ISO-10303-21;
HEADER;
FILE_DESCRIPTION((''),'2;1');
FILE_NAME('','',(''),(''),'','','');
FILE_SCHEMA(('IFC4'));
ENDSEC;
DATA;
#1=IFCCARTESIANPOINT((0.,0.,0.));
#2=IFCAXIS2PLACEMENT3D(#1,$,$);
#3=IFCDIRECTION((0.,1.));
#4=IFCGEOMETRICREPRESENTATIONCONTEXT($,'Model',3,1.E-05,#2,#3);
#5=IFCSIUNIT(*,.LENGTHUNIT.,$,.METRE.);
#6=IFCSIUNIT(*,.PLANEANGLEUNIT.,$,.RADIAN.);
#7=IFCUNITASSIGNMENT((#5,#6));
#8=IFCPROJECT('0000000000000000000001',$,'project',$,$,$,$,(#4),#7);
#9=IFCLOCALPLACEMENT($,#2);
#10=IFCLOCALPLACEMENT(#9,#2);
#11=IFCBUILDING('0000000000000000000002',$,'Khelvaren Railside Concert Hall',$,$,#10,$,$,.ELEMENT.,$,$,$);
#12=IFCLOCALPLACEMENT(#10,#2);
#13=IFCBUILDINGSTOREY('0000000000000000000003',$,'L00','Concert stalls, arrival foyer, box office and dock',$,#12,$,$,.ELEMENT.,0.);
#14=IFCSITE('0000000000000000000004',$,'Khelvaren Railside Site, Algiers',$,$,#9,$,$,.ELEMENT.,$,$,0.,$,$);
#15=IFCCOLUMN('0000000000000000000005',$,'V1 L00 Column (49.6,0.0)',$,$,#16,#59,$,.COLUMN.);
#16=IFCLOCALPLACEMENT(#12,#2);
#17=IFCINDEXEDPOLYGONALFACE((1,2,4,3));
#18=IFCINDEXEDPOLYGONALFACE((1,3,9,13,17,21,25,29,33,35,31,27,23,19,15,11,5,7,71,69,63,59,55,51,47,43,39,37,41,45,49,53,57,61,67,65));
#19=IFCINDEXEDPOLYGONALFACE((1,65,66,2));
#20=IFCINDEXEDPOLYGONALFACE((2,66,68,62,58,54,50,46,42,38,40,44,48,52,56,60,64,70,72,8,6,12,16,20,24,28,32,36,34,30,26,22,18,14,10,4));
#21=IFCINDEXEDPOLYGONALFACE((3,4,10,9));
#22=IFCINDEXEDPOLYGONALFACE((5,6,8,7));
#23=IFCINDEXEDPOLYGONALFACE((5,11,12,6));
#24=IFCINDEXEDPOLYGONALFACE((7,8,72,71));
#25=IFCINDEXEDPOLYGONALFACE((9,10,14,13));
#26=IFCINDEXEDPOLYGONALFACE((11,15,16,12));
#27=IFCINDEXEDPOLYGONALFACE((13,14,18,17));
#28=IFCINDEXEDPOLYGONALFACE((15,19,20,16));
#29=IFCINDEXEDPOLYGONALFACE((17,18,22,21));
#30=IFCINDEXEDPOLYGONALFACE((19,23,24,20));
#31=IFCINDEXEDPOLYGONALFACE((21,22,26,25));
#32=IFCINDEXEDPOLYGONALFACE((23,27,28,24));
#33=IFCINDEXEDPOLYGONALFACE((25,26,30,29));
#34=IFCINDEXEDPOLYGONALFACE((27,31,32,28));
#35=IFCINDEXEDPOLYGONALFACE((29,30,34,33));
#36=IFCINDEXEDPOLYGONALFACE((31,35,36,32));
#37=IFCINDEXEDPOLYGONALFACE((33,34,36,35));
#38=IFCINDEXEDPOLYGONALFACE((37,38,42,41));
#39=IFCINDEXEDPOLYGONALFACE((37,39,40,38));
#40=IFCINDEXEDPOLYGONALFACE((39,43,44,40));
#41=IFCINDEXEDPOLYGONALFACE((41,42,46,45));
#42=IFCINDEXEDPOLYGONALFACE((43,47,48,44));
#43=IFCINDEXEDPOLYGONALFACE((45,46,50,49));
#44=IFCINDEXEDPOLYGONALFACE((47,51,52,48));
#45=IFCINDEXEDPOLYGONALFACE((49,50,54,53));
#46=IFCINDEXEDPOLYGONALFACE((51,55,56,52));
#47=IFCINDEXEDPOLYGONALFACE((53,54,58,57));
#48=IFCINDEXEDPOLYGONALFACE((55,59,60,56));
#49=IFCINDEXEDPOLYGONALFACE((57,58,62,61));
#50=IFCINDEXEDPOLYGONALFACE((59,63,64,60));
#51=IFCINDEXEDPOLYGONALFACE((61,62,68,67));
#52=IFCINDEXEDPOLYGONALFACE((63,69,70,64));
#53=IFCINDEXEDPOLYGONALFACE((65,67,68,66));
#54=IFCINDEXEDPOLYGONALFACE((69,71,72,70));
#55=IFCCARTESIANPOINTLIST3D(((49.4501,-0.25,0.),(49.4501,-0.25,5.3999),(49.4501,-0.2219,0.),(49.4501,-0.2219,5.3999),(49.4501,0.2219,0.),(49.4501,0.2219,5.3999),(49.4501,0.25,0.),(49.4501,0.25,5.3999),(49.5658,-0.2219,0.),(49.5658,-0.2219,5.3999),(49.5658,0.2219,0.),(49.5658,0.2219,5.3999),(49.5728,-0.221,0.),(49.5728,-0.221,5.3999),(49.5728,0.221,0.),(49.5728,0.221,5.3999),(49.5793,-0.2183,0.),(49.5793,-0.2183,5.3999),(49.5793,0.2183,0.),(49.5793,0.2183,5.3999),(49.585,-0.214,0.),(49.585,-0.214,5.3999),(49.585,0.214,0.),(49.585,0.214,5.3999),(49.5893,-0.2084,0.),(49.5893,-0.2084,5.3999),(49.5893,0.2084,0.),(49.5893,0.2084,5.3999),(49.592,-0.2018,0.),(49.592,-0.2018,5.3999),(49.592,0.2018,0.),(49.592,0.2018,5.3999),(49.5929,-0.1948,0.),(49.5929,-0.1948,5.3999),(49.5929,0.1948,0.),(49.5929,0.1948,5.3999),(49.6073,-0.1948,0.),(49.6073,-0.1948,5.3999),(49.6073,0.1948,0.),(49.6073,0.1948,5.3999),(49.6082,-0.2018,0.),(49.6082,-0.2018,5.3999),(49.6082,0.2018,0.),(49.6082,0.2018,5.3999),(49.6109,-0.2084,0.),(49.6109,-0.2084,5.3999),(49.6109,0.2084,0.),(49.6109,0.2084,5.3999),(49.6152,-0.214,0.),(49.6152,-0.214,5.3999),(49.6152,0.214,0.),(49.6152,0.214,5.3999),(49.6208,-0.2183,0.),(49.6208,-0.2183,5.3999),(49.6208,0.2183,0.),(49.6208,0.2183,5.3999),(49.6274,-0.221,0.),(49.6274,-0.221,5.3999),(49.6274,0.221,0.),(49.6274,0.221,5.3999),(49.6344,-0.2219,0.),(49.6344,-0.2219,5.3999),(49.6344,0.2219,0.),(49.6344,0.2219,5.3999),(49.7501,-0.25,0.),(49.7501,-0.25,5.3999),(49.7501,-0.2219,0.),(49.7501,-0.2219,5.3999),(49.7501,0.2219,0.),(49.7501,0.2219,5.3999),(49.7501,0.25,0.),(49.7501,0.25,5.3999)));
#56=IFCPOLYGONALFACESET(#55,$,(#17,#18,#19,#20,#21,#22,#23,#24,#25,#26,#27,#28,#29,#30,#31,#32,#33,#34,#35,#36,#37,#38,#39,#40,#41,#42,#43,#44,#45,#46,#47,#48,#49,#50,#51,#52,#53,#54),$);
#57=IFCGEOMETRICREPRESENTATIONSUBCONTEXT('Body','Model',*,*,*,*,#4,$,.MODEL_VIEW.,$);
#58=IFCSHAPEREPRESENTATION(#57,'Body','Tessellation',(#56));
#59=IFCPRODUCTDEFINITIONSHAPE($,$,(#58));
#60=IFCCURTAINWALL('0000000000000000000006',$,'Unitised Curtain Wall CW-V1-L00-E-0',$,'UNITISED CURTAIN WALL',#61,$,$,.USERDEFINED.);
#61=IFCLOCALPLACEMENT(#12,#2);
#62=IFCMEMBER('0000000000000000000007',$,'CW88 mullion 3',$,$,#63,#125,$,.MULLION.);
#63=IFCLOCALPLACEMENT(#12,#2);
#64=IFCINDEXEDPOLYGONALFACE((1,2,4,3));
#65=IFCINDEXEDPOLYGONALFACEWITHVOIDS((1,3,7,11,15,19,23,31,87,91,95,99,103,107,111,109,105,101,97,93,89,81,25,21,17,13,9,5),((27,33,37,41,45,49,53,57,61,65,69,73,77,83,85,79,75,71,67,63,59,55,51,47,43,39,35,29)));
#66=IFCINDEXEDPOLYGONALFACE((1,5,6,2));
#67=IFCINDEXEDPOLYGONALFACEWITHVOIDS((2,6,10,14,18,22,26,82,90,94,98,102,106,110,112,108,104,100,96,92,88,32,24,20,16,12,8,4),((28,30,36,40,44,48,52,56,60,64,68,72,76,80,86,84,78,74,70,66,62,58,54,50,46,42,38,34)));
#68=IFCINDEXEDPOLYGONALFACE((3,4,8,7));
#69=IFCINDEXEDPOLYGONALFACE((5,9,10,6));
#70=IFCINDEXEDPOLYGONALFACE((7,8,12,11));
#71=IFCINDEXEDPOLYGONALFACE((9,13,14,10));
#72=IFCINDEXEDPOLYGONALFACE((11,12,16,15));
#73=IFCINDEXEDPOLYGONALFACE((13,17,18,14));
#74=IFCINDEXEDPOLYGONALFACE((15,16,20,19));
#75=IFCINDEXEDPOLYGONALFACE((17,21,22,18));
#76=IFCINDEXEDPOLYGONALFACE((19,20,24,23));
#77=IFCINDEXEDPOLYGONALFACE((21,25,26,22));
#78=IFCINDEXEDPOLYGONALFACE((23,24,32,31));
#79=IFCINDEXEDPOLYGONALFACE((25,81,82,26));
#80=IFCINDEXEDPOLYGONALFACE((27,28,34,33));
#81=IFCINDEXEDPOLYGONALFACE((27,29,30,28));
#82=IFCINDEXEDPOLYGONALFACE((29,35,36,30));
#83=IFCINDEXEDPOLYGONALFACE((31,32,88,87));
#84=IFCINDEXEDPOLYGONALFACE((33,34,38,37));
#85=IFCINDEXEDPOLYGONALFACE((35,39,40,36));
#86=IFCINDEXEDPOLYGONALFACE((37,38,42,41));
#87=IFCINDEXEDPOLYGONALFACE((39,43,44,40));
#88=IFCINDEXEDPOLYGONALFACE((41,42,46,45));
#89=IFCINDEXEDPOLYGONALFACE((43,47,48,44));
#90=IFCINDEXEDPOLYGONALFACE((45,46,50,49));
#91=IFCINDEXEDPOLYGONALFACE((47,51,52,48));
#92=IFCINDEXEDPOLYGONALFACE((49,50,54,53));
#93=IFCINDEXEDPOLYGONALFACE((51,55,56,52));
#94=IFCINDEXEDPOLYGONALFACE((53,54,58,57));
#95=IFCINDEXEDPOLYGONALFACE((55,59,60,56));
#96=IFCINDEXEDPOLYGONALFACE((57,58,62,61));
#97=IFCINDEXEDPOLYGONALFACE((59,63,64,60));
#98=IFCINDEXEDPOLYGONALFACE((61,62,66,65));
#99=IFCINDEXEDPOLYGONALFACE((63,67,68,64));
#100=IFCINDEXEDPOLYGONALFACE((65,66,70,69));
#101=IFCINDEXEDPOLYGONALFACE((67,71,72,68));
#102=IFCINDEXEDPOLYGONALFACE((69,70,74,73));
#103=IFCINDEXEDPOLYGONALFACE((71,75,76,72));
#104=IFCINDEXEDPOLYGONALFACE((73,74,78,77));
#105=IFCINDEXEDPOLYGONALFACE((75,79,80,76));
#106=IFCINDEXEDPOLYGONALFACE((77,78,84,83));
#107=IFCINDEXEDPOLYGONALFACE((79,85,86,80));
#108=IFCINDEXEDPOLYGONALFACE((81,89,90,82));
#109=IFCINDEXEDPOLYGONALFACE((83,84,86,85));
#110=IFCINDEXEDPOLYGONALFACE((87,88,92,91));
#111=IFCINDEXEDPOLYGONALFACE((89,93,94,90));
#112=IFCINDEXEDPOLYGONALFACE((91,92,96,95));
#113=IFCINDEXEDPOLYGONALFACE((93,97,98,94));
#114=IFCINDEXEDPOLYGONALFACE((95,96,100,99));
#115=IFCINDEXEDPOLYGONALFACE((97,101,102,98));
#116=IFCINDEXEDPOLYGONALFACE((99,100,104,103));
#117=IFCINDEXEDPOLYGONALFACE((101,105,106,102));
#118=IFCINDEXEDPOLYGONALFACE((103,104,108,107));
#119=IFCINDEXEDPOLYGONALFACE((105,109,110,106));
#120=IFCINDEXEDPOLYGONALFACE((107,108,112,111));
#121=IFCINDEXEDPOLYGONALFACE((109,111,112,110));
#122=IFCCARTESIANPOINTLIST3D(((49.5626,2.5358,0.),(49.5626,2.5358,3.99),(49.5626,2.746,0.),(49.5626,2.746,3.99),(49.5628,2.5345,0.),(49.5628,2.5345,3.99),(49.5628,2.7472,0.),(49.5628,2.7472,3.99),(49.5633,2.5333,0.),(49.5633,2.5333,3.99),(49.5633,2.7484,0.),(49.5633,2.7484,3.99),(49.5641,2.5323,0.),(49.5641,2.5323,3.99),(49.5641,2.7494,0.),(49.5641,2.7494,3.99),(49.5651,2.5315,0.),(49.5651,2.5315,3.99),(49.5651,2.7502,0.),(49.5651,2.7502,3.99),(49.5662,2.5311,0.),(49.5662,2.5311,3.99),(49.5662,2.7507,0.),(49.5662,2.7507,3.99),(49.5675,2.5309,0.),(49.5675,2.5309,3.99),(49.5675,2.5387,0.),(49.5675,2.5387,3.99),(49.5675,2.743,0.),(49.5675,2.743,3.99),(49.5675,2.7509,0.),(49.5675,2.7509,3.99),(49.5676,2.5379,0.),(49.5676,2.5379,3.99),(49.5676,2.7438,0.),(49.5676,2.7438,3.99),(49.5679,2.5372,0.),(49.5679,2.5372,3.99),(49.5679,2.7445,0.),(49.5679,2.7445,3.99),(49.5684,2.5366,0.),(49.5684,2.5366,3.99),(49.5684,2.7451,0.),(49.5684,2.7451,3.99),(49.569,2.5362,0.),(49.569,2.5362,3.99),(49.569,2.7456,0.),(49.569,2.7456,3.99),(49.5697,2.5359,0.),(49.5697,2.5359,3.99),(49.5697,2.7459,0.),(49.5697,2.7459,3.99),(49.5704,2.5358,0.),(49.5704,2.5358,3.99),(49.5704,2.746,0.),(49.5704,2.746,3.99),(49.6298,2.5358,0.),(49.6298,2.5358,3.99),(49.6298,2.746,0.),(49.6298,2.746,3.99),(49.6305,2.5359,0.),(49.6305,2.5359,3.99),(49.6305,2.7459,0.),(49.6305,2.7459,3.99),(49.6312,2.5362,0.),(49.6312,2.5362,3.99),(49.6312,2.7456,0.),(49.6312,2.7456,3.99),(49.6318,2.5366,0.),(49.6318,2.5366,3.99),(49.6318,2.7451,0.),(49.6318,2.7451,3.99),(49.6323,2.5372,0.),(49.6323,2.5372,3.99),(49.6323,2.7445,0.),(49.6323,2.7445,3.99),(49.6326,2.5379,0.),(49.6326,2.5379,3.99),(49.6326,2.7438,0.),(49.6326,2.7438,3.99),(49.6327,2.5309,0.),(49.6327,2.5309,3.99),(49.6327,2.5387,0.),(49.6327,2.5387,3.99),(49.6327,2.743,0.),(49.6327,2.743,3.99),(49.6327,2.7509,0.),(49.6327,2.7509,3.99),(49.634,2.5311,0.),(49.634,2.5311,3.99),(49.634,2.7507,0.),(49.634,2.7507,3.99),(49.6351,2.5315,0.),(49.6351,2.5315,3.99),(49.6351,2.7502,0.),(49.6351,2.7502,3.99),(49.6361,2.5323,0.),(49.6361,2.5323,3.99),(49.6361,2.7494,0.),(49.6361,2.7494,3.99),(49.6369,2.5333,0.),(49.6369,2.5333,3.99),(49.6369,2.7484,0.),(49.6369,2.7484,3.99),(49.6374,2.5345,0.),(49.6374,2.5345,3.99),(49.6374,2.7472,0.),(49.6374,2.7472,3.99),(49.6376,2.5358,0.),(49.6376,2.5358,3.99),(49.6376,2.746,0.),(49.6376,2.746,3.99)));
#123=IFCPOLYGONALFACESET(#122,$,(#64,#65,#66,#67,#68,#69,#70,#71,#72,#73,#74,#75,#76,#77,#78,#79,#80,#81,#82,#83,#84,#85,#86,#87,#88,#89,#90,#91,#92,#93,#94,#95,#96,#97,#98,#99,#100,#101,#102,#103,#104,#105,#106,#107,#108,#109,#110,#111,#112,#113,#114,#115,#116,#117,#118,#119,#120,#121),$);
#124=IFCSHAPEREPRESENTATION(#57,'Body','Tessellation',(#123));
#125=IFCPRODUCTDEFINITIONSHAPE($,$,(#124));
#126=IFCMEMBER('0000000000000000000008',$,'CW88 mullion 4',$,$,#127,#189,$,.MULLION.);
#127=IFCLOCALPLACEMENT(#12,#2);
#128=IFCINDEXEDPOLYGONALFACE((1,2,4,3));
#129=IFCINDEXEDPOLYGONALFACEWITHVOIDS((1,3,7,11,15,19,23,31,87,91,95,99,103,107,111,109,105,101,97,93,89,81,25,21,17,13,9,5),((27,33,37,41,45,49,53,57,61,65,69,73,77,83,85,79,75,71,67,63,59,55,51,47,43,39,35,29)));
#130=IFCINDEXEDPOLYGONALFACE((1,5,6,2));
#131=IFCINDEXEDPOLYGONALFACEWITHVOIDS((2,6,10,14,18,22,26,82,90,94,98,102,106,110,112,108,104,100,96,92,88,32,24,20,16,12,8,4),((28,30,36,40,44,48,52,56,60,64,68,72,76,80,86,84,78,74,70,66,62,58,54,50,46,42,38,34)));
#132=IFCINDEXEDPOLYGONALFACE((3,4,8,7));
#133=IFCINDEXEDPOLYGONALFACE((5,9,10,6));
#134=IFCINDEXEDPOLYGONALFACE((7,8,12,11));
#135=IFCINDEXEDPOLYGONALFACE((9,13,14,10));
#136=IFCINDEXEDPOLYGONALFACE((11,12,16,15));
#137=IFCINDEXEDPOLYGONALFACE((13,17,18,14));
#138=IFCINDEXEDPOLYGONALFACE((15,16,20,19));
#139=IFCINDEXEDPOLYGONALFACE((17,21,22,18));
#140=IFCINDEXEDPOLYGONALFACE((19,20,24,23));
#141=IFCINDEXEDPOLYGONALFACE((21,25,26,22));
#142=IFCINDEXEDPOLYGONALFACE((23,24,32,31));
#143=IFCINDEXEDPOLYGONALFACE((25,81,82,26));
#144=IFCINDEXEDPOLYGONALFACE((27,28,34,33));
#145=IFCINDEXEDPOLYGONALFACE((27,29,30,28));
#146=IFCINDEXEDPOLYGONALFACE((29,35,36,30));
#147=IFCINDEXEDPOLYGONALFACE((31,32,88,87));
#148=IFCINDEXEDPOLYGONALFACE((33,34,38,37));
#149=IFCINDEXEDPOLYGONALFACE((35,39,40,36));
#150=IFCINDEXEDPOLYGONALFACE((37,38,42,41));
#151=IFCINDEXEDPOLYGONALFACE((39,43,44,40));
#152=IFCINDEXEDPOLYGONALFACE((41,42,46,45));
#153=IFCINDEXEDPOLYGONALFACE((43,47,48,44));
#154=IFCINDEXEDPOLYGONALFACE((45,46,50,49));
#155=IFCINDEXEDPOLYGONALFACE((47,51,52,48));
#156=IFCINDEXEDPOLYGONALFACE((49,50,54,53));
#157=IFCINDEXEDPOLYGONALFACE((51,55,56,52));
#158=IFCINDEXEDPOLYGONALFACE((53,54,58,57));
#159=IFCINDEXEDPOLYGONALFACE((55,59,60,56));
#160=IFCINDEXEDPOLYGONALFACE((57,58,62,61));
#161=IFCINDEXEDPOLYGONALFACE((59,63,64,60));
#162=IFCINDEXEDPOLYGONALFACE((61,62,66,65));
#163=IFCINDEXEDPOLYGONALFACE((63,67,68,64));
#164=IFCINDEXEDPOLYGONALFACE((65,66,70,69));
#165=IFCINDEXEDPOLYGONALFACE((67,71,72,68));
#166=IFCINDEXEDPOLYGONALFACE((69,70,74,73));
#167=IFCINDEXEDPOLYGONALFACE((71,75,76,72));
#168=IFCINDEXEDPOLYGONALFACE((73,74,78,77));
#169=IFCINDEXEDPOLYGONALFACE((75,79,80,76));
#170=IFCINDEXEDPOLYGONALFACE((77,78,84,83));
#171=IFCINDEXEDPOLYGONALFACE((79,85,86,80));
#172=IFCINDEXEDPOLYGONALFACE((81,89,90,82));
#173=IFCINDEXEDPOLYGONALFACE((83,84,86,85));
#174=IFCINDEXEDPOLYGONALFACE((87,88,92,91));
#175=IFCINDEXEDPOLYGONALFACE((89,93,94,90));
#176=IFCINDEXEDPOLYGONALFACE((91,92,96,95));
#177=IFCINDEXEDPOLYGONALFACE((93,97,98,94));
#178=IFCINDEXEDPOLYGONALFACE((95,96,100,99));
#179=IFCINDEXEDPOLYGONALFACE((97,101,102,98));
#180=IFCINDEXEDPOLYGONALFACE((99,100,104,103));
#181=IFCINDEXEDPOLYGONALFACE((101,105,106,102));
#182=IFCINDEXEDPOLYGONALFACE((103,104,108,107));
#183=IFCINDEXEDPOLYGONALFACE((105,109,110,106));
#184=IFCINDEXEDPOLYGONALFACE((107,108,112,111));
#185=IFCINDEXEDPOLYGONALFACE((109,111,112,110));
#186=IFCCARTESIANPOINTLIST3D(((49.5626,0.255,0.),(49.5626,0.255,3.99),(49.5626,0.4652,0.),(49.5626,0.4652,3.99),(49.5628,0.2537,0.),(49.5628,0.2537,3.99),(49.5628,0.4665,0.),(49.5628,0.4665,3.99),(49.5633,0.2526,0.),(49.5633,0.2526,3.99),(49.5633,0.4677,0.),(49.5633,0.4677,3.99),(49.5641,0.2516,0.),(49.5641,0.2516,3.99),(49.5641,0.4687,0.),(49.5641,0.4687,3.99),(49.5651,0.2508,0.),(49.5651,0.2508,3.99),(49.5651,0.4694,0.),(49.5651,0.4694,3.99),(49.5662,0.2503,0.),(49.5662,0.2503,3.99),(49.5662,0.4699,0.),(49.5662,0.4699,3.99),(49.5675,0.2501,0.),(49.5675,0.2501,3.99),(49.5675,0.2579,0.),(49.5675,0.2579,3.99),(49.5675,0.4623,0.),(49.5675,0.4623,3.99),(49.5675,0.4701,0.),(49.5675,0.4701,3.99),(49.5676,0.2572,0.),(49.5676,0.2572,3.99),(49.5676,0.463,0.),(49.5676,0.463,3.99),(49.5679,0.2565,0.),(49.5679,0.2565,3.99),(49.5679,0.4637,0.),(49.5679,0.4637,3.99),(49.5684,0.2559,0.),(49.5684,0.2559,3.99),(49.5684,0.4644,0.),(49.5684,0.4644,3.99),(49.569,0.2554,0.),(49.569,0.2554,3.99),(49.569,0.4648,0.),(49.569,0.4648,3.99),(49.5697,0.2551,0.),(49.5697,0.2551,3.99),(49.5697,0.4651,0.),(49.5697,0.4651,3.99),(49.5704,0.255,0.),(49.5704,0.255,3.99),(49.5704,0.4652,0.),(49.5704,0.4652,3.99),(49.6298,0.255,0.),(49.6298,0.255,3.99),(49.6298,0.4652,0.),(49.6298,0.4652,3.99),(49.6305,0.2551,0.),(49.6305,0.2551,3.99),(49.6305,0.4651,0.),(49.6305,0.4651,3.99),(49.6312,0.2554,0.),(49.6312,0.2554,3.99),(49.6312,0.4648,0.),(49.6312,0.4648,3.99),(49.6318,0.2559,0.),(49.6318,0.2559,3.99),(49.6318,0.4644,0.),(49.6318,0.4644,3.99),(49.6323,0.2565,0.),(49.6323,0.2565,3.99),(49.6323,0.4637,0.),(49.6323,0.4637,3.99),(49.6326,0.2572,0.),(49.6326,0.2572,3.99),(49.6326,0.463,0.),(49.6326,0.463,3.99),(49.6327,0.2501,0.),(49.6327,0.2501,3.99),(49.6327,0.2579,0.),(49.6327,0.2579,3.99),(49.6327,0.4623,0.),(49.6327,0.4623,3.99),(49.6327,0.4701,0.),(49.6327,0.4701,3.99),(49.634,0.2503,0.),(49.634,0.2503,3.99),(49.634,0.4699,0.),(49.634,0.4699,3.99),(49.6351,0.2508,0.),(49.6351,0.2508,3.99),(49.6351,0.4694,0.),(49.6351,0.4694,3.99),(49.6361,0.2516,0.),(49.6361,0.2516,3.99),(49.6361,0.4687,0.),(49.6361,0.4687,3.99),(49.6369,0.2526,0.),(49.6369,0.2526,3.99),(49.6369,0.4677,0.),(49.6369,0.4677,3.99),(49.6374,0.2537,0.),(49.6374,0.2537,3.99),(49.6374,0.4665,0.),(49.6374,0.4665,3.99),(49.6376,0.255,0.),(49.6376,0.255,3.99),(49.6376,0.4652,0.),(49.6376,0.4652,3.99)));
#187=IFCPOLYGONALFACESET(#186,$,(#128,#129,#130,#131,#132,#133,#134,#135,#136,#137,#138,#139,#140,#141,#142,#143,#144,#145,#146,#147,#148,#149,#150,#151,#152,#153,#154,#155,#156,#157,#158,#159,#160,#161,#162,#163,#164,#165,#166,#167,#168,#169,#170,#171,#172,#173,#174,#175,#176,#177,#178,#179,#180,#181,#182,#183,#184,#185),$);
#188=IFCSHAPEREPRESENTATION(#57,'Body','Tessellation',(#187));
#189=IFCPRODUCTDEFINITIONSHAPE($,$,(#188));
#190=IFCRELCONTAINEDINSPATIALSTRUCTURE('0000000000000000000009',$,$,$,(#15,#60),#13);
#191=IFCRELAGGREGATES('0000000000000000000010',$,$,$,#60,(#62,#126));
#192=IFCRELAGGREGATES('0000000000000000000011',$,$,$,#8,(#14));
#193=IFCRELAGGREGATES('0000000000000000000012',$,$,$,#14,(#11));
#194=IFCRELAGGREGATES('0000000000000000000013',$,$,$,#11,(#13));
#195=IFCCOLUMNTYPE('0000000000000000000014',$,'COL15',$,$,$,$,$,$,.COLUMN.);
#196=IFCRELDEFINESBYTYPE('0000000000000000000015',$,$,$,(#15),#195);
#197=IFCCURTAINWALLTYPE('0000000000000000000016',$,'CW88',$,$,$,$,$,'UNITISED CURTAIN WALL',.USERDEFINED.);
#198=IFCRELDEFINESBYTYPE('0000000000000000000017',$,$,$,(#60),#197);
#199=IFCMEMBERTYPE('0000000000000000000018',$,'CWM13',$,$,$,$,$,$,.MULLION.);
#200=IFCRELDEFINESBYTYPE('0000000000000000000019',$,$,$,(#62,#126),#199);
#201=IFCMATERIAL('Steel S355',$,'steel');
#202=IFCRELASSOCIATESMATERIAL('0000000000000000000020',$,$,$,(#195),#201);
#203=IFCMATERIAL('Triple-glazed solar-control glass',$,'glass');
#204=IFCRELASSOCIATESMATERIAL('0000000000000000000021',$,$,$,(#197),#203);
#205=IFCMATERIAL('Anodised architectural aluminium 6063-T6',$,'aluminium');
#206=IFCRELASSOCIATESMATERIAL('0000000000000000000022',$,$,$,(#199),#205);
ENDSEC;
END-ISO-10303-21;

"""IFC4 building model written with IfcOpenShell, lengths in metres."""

from ifc_helpers import new_model, si_unit, direction, frame, origin, origin_2d, place, context, subcontext, project, spatial, hollow_rectangle, i_section, extrude, material, material_profile, profile_set, type_object, element, aggregate, save


model = new_model("IFC4")

# Units and contexts
model_context = context("Model", 3, precision=1e-05, world=origin(), true_north=direction((0.0, 1.0)))
body_context = subcontext(model_context, "Body", "Model", "MODEL_VIEW")
ifc_project = project(units=[si_unit("LENGTHUNIT", "METRE"), si_unit("PLANEANGLEUNIT", "RADIAN")], contexts=[model_context])

# Site, building, storey
site_placement = place(None, origin())
site = spatial("IfcSite", under=ifc_project, at=site_placement, Name="Khelvaren Railside Site, Algiers", CompositionType="ELEMENT", RefElevation=0.0)
building_placement = place(site_placement, origin())
building = spatial("IfcBuilding", under=site, at=building_placement, Name="Khelvaren Railside Concert Hall", CompositionType="ELEMENT")
storey_placement = place(building_placement, origin())
storey = spatial("IfcBuildingStorey", under=building, at=storey_placement, Name="L00", Description="Concert stalls, arrival foyer, box office and dock", CompositionType="ELEMENT", Elevation=0.0)

# Column
ifc_material_1 = material(Name="Steel S355", Category="steel")
ifc_material_profile_1 = material_profile(ifc_material_1, i_section(OverallWidth=0.3, OverallDepth=0.5, WebThickness=0.0144, FlangeThickness=0.0281, FilletRadius=0.0271, at=origin_2d()), Name="HEB 500")
ifc_profile_set_1 = profile_set([ifc_material_profile_1], Name="Steel S355")
column_type = type_object("IfcColumnType", Name="COL15", PredefinedType="COLUMN", material=ifc_profile_set_1)
column_placement = place(storey_placement, frame((49.6001, 0.0, 0.0), z_axis=(0.0, 0.0, 1.0), x_axis=(1.0, 0.0, 0.0)))
element("IfcColumn", 1, at=column_placement, inside=storey, type_object=column_type, Name="V1 L00 Column (49.6,0.0)", PredefinedType="COLUMN", context=body_context, shape_type="SweptSolid", body=[
    extrude(i_section(OverallWidth=0.3, OverallDepth=0.5, WebThickness=0.0144, FlangeThickness=0.0281, FilletRadius=0.0271, at=origin_2d()), origin(), (0.0, 0.0, 1.0), 5.3999),
])

# Curtain wall, members
ifc_material_2 = material(Name="Triple-glazed solar-control glass", Category="glass")
curtain_wall_type = type_object("IfcCurtainWallType", Name="CW88", ElementType="UNITISED CURTAIN WALL", PredefinedType="USERDEFINED", material=ifc_material_2)
curtain_wall_placement = place(storey_placement, origin())
curtain_wall = element("IfcCurtainWall", 2, at=curtain_wall_placement, inside=storey, type_object=curtain_wall_type, Name="Unitised Curtain Wall CW-V1-L00-E-0", ObjectType="UNITISED CURTAIN WALL", PredefinedType="USERDEFINED")
ifc_material_3 = material(Name="Anodised architectural aluminium 6063-T6", Category="aluminium")
ifc_material_profile_2 = material_profile(ifc_material_3, hollow_rectangle(XDim=0.075, YDim=0.22, WallThickness=0.0049, InnerFilletRadius=0.0029, OuterFilletRadius=0.0049, at=origin_2d()), Name="CWM 75x220x5")
ifc_profile_set_2 = profile_set([ifc_material_profile_2], Name="Anodised architectural aluminium 6063-T6")
member_type_1 = type_object("IfcMemberType", Name="CWM13", PredefinedType="MULLION", material=ifc_profile_set_2)
member_1_placement = place(storey_placement, frame((49.6001, 2.6409, 0.0), z_axis=(0.0, 0.0, 1.0), x_axis=(1.0, 0.0, 0.0)))
member_1 = element("IfcMember", 3, at=member_1_placement, type_object=member_type_1, Name="CW88 mullion 3", PredefinedType="MULLION", context=body_context, shape_type="SweptSolid", body=[
    extrude(hollow_rectangle(XDim=0.075, YDim=0.22, WallThickness=0.0049, InnerFilletRadius=0.0029, OuterFilletRadius=0.0049, at=origin_2d()), origin(), (0.0, 0.0, 1.0), 3.99),
])
member_2_placement = place(storey_placement, frame((49.6001, 0.3601, 0.0), z_axis=(0.0, 0.0, 1.0), x_axis=(1.0, 0.0, 0.0)))
member_2 = element("IfcMember", 4, at=member_2_placement, type_object=member_type_1, Name="CW88 mullion 4", PredefinedType="MULLION", context=body_context, shape_type="SweptSolid", body=[
    extrude(hollow_rectangle(XDim=0.075, YDim=0.22, WallThickness=0.0049, InnerFilletRadius=0.0029, OuterFilletRadius=0.0049, at=origin_2d()), origin(), (0.0, 0.0, 1.0), 3.99),
])

aggregate(curtain_wall, [member_1, member_2])

save(model, "model.ifc")
